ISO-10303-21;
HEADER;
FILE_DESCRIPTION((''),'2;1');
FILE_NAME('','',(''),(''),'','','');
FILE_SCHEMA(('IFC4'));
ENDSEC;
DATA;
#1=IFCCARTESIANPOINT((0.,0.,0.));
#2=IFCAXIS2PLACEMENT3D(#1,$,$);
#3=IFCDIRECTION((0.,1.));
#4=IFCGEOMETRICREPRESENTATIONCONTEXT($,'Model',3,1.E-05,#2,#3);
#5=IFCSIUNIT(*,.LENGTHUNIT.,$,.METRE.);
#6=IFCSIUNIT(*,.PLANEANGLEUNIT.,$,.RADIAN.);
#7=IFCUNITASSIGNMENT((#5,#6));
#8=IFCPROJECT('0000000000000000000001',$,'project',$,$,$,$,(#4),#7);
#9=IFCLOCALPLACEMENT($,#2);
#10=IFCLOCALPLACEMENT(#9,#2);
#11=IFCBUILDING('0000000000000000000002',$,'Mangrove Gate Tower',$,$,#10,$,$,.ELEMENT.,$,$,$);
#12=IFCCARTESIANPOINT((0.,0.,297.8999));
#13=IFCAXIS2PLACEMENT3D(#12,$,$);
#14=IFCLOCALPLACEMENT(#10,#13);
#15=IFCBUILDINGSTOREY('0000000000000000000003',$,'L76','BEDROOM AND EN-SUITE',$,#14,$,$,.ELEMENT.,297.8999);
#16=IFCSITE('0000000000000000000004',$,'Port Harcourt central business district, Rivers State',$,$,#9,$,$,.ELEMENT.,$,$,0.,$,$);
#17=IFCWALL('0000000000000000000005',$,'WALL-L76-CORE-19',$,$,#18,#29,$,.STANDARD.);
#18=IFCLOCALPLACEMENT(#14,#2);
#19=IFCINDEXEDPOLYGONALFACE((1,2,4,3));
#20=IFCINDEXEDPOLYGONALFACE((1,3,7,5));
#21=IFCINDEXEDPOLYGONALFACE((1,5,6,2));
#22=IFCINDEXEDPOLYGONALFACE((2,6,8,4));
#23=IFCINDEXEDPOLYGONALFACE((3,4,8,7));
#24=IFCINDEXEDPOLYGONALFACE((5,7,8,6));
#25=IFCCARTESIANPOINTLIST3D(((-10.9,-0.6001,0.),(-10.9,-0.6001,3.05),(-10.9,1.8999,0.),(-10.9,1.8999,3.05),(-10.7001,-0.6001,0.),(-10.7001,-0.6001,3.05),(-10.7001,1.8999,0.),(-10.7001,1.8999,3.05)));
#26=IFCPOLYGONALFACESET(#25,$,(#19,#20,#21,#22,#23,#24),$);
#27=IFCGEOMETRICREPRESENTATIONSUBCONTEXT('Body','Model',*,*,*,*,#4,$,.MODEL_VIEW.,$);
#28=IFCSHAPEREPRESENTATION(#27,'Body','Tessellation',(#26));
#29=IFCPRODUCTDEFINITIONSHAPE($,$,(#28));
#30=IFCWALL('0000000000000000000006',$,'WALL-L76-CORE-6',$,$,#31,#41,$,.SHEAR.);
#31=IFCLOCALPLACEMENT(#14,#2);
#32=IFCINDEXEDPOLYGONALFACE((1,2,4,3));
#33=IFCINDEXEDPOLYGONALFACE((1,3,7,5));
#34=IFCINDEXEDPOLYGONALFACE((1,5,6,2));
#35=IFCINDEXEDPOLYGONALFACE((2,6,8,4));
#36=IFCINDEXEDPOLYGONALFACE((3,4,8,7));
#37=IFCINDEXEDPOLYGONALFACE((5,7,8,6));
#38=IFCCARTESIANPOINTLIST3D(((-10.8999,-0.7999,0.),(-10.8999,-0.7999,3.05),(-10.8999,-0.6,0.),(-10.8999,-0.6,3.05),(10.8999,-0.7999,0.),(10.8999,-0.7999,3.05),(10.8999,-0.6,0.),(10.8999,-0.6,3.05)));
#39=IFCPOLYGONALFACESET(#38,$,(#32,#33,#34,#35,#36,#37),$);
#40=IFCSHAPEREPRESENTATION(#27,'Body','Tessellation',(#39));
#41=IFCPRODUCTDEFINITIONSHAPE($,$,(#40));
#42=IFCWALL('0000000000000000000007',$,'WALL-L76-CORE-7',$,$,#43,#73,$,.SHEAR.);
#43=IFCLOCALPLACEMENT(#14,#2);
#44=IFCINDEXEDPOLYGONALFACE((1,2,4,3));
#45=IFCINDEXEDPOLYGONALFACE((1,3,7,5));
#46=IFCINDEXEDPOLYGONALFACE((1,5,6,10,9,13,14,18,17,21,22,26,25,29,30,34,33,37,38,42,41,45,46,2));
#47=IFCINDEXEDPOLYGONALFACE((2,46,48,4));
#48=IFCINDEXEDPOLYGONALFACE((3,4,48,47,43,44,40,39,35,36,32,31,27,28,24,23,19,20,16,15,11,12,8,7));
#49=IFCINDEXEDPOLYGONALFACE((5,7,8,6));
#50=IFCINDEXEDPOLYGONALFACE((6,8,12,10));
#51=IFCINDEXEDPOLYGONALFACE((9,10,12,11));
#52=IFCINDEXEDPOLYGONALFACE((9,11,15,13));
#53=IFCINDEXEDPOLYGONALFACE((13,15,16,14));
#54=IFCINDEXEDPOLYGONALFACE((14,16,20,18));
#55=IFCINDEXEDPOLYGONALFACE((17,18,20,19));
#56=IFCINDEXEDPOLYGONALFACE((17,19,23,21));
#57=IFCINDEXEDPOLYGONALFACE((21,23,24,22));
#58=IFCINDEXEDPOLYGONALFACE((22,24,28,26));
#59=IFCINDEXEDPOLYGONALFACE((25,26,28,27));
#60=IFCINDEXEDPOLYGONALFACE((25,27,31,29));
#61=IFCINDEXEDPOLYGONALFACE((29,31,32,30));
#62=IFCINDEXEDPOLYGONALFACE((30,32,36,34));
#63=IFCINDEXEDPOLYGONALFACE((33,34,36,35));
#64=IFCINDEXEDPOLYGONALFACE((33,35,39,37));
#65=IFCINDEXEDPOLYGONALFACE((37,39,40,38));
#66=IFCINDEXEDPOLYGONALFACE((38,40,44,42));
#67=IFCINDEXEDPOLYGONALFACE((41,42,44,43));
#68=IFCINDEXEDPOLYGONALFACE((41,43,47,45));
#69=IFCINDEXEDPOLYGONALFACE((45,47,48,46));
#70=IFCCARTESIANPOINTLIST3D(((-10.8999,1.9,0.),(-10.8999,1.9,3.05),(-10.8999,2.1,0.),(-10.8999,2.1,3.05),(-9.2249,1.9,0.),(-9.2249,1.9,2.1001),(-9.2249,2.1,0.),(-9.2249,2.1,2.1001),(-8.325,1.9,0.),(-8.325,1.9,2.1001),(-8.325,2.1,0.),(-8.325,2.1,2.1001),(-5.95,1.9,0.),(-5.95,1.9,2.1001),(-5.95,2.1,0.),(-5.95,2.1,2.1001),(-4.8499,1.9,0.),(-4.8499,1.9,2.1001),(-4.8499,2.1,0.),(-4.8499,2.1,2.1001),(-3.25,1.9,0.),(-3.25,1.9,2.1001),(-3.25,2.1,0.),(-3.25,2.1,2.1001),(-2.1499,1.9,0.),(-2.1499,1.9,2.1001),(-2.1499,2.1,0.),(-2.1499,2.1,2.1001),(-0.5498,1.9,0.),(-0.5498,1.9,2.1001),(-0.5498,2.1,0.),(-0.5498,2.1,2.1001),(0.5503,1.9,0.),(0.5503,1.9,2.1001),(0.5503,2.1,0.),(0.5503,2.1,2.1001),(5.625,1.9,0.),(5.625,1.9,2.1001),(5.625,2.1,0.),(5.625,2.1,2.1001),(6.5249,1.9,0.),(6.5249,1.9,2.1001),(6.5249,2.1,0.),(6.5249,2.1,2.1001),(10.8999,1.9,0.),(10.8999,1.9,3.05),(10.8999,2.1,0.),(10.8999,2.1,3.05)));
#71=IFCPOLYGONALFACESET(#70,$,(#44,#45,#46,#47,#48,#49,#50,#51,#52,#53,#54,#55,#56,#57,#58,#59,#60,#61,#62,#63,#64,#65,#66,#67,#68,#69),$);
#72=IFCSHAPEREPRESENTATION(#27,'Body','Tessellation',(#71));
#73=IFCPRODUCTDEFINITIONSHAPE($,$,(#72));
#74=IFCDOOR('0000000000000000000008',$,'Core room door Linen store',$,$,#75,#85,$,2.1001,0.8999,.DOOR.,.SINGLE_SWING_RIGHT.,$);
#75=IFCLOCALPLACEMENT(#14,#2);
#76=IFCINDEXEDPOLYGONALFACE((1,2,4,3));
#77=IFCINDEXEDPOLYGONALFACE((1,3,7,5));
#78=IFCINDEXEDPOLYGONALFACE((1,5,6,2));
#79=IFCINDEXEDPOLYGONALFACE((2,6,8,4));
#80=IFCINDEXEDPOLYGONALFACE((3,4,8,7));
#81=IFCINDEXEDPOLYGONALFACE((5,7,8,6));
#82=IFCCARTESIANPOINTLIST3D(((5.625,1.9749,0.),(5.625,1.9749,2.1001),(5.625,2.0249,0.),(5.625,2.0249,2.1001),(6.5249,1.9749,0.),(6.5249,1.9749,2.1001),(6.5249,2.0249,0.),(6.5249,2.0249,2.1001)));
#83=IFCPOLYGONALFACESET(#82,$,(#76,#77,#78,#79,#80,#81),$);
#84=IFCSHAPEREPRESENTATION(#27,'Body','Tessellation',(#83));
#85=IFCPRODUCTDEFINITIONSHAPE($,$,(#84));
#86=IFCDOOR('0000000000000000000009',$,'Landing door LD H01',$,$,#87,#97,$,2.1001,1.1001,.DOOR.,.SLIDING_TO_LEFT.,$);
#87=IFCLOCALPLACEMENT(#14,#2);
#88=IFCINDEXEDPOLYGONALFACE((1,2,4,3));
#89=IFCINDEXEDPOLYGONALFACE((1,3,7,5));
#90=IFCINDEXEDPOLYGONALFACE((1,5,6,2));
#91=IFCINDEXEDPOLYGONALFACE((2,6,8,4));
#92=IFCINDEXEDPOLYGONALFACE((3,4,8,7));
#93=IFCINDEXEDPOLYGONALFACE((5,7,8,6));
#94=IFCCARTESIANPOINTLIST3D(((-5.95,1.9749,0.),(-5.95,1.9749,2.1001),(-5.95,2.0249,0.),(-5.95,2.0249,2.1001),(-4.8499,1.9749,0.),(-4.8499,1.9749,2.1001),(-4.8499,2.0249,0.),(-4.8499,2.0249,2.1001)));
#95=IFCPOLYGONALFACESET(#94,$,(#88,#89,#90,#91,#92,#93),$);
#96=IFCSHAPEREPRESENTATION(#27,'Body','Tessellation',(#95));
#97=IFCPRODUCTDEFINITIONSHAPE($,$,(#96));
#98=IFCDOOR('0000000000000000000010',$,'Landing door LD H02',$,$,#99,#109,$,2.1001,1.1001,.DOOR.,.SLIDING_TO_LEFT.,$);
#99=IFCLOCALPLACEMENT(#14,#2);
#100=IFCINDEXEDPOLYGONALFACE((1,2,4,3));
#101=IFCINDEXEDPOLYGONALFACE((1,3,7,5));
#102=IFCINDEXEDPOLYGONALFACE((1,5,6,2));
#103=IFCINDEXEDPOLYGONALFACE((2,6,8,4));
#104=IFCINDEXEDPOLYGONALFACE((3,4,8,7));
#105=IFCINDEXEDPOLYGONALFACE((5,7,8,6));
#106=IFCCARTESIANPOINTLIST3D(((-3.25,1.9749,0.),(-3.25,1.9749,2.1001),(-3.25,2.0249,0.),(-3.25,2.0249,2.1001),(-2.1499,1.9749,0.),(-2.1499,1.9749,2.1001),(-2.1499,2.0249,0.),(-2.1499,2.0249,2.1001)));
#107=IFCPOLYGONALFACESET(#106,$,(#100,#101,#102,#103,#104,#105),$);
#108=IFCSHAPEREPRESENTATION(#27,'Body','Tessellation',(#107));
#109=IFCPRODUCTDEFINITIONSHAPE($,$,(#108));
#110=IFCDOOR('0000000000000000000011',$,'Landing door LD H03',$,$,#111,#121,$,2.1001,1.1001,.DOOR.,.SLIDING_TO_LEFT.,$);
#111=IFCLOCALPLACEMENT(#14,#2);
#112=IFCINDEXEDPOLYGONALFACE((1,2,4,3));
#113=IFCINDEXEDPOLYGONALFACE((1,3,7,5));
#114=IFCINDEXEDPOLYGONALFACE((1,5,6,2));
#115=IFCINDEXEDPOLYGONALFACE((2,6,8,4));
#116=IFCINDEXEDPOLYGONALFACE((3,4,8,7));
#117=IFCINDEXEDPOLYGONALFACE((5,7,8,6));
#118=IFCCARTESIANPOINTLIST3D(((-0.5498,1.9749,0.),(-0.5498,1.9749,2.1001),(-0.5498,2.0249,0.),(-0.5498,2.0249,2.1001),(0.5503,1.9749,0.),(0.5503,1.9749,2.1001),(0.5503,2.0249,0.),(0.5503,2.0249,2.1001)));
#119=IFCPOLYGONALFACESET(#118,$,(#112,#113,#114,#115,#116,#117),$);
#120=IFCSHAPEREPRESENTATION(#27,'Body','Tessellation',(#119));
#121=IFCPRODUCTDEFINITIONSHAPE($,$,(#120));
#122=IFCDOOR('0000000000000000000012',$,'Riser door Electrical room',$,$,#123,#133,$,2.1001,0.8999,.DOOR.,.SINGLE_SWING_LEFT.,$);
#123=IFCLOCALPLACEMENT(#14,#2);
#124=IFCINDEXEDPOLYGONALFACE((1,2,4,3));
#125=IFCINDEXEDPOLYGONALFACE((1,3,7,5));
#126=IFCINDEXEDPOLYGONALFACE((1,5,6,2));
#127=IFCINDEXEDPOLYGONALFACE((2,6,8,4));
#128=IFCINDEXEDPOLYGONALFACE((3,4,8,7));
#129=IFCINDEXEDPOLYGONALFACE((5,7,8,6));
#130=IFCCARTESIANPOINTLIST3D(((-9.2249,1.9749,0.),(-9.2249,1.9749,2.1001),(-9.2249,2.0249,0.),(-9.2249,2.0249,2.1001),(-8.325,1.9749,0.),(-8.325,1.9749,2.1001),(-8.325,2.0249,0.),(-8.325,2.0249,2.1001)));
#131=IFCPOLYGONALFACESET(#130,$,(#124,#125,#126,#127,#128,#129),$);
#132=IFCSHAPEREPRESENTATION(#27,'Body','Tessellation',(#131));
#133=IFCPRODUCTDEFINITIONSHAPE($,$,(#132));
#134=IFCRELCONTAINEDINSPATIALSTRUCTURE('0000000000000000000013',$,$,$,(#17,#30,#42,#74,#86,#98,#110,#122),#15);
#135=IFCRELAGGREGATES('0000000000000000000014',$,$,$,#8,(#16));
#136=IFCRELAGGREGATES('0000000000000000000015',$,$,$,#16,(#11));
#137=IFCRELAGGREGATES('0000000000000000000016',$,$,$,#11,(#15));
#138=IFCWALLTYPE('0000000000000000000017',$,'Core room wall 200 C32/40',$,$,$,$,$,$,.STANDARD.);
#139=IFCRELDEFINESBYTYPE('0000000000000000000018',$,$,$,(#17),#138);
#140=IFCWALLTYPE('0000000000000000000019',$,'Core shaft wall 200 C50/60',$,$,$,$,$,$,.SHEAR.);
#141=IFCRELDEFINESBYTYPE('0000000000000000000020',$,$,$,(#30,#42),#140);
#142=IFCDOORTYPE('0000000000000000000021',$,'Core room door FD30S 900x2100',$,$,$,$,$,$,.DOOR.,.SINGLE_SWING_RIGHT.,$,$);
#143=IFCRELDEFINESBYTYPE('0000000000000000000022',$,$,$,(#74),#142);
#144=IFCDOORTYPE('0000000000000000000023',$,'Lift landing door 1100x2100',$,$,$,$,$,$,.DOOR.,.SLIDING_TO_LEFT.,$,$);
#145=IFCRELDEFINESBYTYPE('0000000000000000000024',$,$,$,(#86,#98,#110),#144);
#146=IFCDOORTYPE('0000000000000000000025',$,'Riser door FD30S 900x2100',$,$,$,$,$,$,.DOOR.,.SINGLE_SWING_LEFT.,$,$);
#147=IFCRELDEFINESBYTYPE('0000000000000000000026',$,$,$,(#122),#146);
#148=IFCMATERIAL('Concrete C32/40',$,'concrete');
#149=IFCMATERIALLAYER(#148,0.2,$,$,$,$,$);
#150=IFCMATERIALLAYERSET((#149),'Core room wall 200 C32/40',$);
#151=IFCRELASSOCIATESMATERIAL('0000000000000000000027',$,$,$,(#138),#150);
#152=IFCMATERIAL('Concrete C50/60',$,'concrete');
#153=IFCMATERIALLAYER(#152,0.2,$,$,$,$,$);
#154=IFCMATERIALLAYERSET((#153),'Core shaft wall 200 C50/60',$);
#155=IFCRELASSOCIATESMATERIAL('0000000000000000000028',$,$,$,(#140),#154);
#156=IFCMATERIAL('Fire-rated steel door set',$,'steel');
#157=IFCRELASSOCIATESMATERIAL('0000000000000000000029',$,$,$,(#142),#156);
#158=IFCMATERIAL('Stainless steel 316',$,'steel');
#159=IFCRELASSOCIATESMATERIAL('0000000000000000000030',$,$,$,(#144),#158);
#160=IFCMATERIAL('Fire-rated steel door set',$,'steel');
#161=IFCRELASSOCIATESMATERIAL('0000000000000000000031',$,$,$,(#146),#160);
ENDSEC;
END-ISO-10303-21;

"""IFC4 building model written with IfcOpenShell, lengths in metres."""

from ifc_helpers import new_model, si_unit, direction, frame, frame_2d, origin, place, context, subcontext, project, spatial, rectangle, extrude, material, layer, layer_set, type_object, element, fill, save


model = new_model("IFC4")

# Units and contexts
model_context = context("Model", 3, precision=1e-05, world=origin(), true_north=direction((0.0, 1.0)))
body_context = subcontext(model_context, "Body", "Model", "MODEL_VIEW")
ifc_project = project(units=[si_unit("LENGTHUNIT", "METRE"), si_unit("PLANEANGLEUNIT", "RADIAN")], contexts=[model_context])

# Site, building, storey
site_placement = place(None, origin())
site = spatial("IfcSite", under=ifc_project, at=site_placement, Name="Port Harcourt central business district, Rivers State", CompositionType="ELEMENT", RefElevation=0.0)
building_placement = place(site_placement, origin())
building = spatial("IfcBuilding", under=site, at=building_placement, Name="Mangrove Gate Tower", CompositionType="ELEMENT")
storey_placement = place(building_placement, frame((0.0, 0.0, 297.8999)))
storey = spatial("IfcBuildingStorey", under=building, at=storey_placement, Name="L76", Description="BEDROOM AND EN-SUITE", CompositionType="ELEMENT", Elevation=297.8999)

# Walls
ifc_material_1 = material(Name="Concrete C32/40", Category="concrete")
ifc_layer_1 = layer(ifc_material_1, 0.2)
ifc_layer_set_1 = layer_set([ifc_layer_1], Name="Core room wall 200 C32/40")
wall_type_1 = type_object("IfcWallType", Name="Core room wall 200 C32/40", PredefinedType="STANDARD", material=ifc_layer_set_1)
wall_1_placement = place(storey_placement, frame((-10.8, -0.6001, 0.0), z_axis=(0.0, 0.0, 1.0), x_axis=(0.0, 1.0, 0.0)))
element("IfcWall", 1, at=wall_1_placement, inside=storey, type_object=wall_type_1, Name="WALL-L76-CORE-19", PredefinedType="STANDARD", context=body_context, shape_type="SweptSolid", body=[
    extrude(rectangle(XDim=2.5, YDim=0.2, at=frame_2d((1.25, 0.0))), origin(), (0.0, 0.0, 1.0), 3.05),
])
ifc_material_2 = material(Name="Concrete C50/60", Category="concrete")
ifc_layer_2 = layer(ifc_material_2, 0.2)
ifc_layer_set_2 = layer_set([ifc_layer_2], Name="Core shaft wall 200 C50/60")
wall_type_2 = type_object("IfcWallType", Name="Core shaft wall 200 C50/60", PredefinedType="SHEAR", material=ifc_layer_set_2)
wall_2_placement = place(storey_placement, frame((-10.8999, -0.7, 0.0), z_axis=(0.0, 0.0, 1.0), x_axis=(1.0, 0.0, 0.0)))
element("IfcWall", 2, at=wall_2_placement, inside=storey, type_object=wall_type_2, Name="WALL-L76-CORE-6", PredefinedType="SHEAR", context=body_context, shape_type="SweptSolid", body=[
    extrude(rectangle(XDim=21.7998, YDim=0.2, at=frame_2d((10.8999, 0.0))), origin(), (0.0, 0.0, 1.0), 3.05),
])

# Wall, openings, doors
wall_3_placement = place(storey_placement, frame((-10.8999, 2.0, 0.0), z_axis=(0.0, 0.0, 1.0), x_axis=(1.0, 0.0, 0.0)))
wall_3 = element("IfcWall", 3, at=wall_3_placement, inside=storey, type_object=wall_type_2, Name="WALL-L76-CORE-7", PredefinedType="SHEAR", context=body_context, shape_type="SweptSolid", body=[
    extrude(rectangle(XDim=21.7998, YDim=0.2, at=frame_2d((10.8999, 0.0))), origin(), (0.0, 0.0, 1.0), 3.05),
])
opening_1_placement = place(wall_3_placement, frame((4.95, 0.0, 0.0)))
opening_1 = element("IfcOpeningElement", 4, at=opening_1_placement, cuts=wall_3, PredefinedType="OPENING", context=body_context, shape_type="SweptSolid", body=[
    extrude(rectangle(XDim=1.1001, YDim=2.1001, at=frame_2d((0.55, 1.05))), frame((0.0, 0.1099, 0.0), z_axis=(0.0, -1.0, 0.0), x_axis=(1.0, 0.0, 0.0)), (0.0, 0.0, 1.0), 0.22),
])
opening_2_placement = place(wall_3_placement, frame((7.6499, 0.0, 0.0)))
opening_2 = element("IfcOpeningElement", 5, at=opening_2_placement, cuts=wall_3, PredefinedType="OPENING", context=body_context, shape_type="SweptSolid", body=[
    extrude(rectangle(XDim=1.1001, YDim=2.1001, at=frame_2d((0.55, 1.05))), frame((0.0, 0.1099, 0.0), z_axis=(0.0, -1.0, 0.0), x_axis=(1.0, 0.0, 0.0)), (0.0, 0.0, 1.0), 0.22),
])
opening_3_placement = place(wall_3_placement, frame((10.3501, 0.0, 0.0)))
opening_3 = element("IfcOpeningElement", 6, at=opening_3_placement, cuts=wall_3, PredefinedType="OPENING", context=body_context, shape_type="SweptSolid", body=[
    extrude(rectangle(XDim=1.1001, YDim=2.1001, at=frame_2d((0.55, 1.05))), frame((0.0, 0.1099, 0.0), z_axis=(0.0, -1.0, 0.0), x_axis=(1.0, 0.0, 0.0)), (0.0, 0.0, 1.0), 0.22),
])
opening_4_placement = place(wall_3_placement, frame((1.675, 0.0, 0.0)))
opening_4 = element("IfcOpeningElement", 7, at=opening_4_placement, cuts=wall_3, PredefinedType="OPENING", context=body_context, shape_type="SweptSolid", body=[
    extrude(rectangle(XDim=0.8999, YDim=2.1001, at=frame_2d((0.45, 1.05))), frame((0.0, 0.1099, 0.0), z_axis=(0.0, -1.0, 0.0), x_axis=(1.0, 0.0, 0.0)), (0.0, 0.0, 1.0), 0.22),
])
opening_5_placement = place(wall_3_placement, frame((16.5249, 0.0, 0.0)))
opening_5 = element("IfcOpeningElement", 8, at=opening_5_placement, cuts=wall_3, PredefinedType="OPENING", context=body_context, shape_type="SweptSolid", body=[
    extrude(rectangle(XDim=0.8999, YDim=2.1001, at=frame_2d((0.45, 1.05))), frame((0.0, 0.1099, 0.0), z_axis=(0.0, -1.0, 0.0), x_axis=(1.0, 0.0, 0.0)), (0.0, 0.0, 1.0), 0.22),
])
ifc_material_3 = material(Name="Fire-rated steel door set", Category="steel")
door_type_1 = type_object("IfcDoorType", Name="Core room door FD30S 900x2100", OperationType="SINGLE_SWING_RIGHT", PredefinedType="DOOR", material=ifc_material_3)
door_1_placement = place(opening_5_placement, origin())
door_1 = element("IfcDoor", 9, at=door_1_placement, inside=storey, type_object=door_type_1, Name="Core room door Linen store", OperationType="SINGLE_SWING_RIGHT", OverallHeight=2.1001, OverallWidth=0.8999, PredefinedType="DOOR", context=body_context, shape_type="SweptSolid", body=[
    extrude(rectangle(XDim=0.8999, YDim=2.1001, at=frame_2d((0.45, 1.05))), frame((0.0, 0.0249, 0.0), z_axis=(0.0, -1.0, 0.0), x_axis=(1.0, 0.0, 0.0)), (0.0, 0.0, 1.0), 0.05),
])
fill(opening_5, door_1)
ifc_material_4 = material(Name="Stainless steel 316", Category="steel")
door_type_2 = type_object("IfcDoorType", Name="Lift landing door 1100x2100", OperationType="SLIDING_TO_LEFT", PredefinedType="DOOR", material=ifc_material_4)
door_2_placement = place(opening_1_placement, origin())
door_2 = element("IfcDoor", 10, at=door_2_placement, inside=storey, type_object=door_type_2, Name="Landing door LD H01", OperationType="SLIDING_TO_LEFT", OverallHeight=2.1001, OverallWidth=1.1001, PredefinedType="DOOR", context=body_context, shape_type="SweptSolid", body=[
    extrude(rectangle(XDim=1.1001, YDim=2.1001, at=frame_2d((0.55, 1.05))), frame((0.0, 0.0249, 0.0), z_axis=(0.0, -1.0, 0.0), x_axis=(1.0, 0.0, 0.0)), (0.0, 0.0, 1.0), 0.05),
])
fill(opening_1, door_2)
door_3_placement = place(opening_2_placement, origin())
door_3 = element("IfcDoor", 11, at=door_3_placement, inside=storey, type_object=door_type_2, Name="Landing door LD H02", OperationType="SLIDING_TO_LEFT", OverallHeight=2.1001, OverallWidth=1.1001, PredefinedType="DOOR", context=body_context, shape_type="SweptSolid", body=[
    extrude(rectangle(XDim=1.1001, YDim=2.1001, at=frame_2d((0.55, 1.05))), frame((0.0, 0.0249, 0.0), z_axis=(0.0, -1.0, 0.0), x_axis=(1.0, 0.0, 0.0)), (0.0, 0.0, 1.0), 0.05),
])
fill(opening_2, door_3)
door_4_placement = place(opening_3_placement, origin())
door_4 = element("IfcDoor", 12, at=door_4_placement, inside=storey, type_object=door_type_2, Name="Landing door LD H03", OperationType="SLIDING_TO_LEFT", OverallHeight=2.1001, OverallWidth=1.1001, PredefinedType="DOOR", context=body_context, shape_type="SweptSolid", body=[
    extrude(rectangle(XDim=1.1001, YDim=2.1001, at=frame_2d((0.55, 1.05))), frame((0.0, 0.0249, 0.0), z_axis=(0.0, -1.0, 0.0), x_axis=(1.0, 0.0, 0.0)), (0.0, 0.0, 1.0), 0.05),
])
fill(opening_3, door_4)
ifc_material_5 = material(Name="Fire-rated steel door set", Category="steel")
door_type_3 = type_object("IfcDoorType", Name="Riser door FD30S 900x2100", OperationType="SINGLE_SWING_LEFT", PredefinedType="DOOR", material=ifc_material_5)
door_5_placement = place(opening_4_placement, origin())
door_5 = element("IfcDoor", 13, at=door_5_placement, inside=storey, type_object=door_type_3, Name="Riser door Electrical room", OperationType="SINGLE_SWING_LEFT", OverallHeight=2.1001, OverallWidth=0.8999, PredefinedType="DOOR", context=body_context, shape_type="SweptSolid", body=[
    extrude(rectangle(XDim=0.8999, YDim=2.1001, at=frame_2d((0.45, 1.05))), frame((0.0, 0.0249, 0.0), z_axis=(0.0, -1.0, 0.0), x_axis=(1.0, 0.0, 0.0)), (0.0, 0.0, 1.0), 0.05),
])
fill(opening_4, door_5)

save(model, "model.ifc")
